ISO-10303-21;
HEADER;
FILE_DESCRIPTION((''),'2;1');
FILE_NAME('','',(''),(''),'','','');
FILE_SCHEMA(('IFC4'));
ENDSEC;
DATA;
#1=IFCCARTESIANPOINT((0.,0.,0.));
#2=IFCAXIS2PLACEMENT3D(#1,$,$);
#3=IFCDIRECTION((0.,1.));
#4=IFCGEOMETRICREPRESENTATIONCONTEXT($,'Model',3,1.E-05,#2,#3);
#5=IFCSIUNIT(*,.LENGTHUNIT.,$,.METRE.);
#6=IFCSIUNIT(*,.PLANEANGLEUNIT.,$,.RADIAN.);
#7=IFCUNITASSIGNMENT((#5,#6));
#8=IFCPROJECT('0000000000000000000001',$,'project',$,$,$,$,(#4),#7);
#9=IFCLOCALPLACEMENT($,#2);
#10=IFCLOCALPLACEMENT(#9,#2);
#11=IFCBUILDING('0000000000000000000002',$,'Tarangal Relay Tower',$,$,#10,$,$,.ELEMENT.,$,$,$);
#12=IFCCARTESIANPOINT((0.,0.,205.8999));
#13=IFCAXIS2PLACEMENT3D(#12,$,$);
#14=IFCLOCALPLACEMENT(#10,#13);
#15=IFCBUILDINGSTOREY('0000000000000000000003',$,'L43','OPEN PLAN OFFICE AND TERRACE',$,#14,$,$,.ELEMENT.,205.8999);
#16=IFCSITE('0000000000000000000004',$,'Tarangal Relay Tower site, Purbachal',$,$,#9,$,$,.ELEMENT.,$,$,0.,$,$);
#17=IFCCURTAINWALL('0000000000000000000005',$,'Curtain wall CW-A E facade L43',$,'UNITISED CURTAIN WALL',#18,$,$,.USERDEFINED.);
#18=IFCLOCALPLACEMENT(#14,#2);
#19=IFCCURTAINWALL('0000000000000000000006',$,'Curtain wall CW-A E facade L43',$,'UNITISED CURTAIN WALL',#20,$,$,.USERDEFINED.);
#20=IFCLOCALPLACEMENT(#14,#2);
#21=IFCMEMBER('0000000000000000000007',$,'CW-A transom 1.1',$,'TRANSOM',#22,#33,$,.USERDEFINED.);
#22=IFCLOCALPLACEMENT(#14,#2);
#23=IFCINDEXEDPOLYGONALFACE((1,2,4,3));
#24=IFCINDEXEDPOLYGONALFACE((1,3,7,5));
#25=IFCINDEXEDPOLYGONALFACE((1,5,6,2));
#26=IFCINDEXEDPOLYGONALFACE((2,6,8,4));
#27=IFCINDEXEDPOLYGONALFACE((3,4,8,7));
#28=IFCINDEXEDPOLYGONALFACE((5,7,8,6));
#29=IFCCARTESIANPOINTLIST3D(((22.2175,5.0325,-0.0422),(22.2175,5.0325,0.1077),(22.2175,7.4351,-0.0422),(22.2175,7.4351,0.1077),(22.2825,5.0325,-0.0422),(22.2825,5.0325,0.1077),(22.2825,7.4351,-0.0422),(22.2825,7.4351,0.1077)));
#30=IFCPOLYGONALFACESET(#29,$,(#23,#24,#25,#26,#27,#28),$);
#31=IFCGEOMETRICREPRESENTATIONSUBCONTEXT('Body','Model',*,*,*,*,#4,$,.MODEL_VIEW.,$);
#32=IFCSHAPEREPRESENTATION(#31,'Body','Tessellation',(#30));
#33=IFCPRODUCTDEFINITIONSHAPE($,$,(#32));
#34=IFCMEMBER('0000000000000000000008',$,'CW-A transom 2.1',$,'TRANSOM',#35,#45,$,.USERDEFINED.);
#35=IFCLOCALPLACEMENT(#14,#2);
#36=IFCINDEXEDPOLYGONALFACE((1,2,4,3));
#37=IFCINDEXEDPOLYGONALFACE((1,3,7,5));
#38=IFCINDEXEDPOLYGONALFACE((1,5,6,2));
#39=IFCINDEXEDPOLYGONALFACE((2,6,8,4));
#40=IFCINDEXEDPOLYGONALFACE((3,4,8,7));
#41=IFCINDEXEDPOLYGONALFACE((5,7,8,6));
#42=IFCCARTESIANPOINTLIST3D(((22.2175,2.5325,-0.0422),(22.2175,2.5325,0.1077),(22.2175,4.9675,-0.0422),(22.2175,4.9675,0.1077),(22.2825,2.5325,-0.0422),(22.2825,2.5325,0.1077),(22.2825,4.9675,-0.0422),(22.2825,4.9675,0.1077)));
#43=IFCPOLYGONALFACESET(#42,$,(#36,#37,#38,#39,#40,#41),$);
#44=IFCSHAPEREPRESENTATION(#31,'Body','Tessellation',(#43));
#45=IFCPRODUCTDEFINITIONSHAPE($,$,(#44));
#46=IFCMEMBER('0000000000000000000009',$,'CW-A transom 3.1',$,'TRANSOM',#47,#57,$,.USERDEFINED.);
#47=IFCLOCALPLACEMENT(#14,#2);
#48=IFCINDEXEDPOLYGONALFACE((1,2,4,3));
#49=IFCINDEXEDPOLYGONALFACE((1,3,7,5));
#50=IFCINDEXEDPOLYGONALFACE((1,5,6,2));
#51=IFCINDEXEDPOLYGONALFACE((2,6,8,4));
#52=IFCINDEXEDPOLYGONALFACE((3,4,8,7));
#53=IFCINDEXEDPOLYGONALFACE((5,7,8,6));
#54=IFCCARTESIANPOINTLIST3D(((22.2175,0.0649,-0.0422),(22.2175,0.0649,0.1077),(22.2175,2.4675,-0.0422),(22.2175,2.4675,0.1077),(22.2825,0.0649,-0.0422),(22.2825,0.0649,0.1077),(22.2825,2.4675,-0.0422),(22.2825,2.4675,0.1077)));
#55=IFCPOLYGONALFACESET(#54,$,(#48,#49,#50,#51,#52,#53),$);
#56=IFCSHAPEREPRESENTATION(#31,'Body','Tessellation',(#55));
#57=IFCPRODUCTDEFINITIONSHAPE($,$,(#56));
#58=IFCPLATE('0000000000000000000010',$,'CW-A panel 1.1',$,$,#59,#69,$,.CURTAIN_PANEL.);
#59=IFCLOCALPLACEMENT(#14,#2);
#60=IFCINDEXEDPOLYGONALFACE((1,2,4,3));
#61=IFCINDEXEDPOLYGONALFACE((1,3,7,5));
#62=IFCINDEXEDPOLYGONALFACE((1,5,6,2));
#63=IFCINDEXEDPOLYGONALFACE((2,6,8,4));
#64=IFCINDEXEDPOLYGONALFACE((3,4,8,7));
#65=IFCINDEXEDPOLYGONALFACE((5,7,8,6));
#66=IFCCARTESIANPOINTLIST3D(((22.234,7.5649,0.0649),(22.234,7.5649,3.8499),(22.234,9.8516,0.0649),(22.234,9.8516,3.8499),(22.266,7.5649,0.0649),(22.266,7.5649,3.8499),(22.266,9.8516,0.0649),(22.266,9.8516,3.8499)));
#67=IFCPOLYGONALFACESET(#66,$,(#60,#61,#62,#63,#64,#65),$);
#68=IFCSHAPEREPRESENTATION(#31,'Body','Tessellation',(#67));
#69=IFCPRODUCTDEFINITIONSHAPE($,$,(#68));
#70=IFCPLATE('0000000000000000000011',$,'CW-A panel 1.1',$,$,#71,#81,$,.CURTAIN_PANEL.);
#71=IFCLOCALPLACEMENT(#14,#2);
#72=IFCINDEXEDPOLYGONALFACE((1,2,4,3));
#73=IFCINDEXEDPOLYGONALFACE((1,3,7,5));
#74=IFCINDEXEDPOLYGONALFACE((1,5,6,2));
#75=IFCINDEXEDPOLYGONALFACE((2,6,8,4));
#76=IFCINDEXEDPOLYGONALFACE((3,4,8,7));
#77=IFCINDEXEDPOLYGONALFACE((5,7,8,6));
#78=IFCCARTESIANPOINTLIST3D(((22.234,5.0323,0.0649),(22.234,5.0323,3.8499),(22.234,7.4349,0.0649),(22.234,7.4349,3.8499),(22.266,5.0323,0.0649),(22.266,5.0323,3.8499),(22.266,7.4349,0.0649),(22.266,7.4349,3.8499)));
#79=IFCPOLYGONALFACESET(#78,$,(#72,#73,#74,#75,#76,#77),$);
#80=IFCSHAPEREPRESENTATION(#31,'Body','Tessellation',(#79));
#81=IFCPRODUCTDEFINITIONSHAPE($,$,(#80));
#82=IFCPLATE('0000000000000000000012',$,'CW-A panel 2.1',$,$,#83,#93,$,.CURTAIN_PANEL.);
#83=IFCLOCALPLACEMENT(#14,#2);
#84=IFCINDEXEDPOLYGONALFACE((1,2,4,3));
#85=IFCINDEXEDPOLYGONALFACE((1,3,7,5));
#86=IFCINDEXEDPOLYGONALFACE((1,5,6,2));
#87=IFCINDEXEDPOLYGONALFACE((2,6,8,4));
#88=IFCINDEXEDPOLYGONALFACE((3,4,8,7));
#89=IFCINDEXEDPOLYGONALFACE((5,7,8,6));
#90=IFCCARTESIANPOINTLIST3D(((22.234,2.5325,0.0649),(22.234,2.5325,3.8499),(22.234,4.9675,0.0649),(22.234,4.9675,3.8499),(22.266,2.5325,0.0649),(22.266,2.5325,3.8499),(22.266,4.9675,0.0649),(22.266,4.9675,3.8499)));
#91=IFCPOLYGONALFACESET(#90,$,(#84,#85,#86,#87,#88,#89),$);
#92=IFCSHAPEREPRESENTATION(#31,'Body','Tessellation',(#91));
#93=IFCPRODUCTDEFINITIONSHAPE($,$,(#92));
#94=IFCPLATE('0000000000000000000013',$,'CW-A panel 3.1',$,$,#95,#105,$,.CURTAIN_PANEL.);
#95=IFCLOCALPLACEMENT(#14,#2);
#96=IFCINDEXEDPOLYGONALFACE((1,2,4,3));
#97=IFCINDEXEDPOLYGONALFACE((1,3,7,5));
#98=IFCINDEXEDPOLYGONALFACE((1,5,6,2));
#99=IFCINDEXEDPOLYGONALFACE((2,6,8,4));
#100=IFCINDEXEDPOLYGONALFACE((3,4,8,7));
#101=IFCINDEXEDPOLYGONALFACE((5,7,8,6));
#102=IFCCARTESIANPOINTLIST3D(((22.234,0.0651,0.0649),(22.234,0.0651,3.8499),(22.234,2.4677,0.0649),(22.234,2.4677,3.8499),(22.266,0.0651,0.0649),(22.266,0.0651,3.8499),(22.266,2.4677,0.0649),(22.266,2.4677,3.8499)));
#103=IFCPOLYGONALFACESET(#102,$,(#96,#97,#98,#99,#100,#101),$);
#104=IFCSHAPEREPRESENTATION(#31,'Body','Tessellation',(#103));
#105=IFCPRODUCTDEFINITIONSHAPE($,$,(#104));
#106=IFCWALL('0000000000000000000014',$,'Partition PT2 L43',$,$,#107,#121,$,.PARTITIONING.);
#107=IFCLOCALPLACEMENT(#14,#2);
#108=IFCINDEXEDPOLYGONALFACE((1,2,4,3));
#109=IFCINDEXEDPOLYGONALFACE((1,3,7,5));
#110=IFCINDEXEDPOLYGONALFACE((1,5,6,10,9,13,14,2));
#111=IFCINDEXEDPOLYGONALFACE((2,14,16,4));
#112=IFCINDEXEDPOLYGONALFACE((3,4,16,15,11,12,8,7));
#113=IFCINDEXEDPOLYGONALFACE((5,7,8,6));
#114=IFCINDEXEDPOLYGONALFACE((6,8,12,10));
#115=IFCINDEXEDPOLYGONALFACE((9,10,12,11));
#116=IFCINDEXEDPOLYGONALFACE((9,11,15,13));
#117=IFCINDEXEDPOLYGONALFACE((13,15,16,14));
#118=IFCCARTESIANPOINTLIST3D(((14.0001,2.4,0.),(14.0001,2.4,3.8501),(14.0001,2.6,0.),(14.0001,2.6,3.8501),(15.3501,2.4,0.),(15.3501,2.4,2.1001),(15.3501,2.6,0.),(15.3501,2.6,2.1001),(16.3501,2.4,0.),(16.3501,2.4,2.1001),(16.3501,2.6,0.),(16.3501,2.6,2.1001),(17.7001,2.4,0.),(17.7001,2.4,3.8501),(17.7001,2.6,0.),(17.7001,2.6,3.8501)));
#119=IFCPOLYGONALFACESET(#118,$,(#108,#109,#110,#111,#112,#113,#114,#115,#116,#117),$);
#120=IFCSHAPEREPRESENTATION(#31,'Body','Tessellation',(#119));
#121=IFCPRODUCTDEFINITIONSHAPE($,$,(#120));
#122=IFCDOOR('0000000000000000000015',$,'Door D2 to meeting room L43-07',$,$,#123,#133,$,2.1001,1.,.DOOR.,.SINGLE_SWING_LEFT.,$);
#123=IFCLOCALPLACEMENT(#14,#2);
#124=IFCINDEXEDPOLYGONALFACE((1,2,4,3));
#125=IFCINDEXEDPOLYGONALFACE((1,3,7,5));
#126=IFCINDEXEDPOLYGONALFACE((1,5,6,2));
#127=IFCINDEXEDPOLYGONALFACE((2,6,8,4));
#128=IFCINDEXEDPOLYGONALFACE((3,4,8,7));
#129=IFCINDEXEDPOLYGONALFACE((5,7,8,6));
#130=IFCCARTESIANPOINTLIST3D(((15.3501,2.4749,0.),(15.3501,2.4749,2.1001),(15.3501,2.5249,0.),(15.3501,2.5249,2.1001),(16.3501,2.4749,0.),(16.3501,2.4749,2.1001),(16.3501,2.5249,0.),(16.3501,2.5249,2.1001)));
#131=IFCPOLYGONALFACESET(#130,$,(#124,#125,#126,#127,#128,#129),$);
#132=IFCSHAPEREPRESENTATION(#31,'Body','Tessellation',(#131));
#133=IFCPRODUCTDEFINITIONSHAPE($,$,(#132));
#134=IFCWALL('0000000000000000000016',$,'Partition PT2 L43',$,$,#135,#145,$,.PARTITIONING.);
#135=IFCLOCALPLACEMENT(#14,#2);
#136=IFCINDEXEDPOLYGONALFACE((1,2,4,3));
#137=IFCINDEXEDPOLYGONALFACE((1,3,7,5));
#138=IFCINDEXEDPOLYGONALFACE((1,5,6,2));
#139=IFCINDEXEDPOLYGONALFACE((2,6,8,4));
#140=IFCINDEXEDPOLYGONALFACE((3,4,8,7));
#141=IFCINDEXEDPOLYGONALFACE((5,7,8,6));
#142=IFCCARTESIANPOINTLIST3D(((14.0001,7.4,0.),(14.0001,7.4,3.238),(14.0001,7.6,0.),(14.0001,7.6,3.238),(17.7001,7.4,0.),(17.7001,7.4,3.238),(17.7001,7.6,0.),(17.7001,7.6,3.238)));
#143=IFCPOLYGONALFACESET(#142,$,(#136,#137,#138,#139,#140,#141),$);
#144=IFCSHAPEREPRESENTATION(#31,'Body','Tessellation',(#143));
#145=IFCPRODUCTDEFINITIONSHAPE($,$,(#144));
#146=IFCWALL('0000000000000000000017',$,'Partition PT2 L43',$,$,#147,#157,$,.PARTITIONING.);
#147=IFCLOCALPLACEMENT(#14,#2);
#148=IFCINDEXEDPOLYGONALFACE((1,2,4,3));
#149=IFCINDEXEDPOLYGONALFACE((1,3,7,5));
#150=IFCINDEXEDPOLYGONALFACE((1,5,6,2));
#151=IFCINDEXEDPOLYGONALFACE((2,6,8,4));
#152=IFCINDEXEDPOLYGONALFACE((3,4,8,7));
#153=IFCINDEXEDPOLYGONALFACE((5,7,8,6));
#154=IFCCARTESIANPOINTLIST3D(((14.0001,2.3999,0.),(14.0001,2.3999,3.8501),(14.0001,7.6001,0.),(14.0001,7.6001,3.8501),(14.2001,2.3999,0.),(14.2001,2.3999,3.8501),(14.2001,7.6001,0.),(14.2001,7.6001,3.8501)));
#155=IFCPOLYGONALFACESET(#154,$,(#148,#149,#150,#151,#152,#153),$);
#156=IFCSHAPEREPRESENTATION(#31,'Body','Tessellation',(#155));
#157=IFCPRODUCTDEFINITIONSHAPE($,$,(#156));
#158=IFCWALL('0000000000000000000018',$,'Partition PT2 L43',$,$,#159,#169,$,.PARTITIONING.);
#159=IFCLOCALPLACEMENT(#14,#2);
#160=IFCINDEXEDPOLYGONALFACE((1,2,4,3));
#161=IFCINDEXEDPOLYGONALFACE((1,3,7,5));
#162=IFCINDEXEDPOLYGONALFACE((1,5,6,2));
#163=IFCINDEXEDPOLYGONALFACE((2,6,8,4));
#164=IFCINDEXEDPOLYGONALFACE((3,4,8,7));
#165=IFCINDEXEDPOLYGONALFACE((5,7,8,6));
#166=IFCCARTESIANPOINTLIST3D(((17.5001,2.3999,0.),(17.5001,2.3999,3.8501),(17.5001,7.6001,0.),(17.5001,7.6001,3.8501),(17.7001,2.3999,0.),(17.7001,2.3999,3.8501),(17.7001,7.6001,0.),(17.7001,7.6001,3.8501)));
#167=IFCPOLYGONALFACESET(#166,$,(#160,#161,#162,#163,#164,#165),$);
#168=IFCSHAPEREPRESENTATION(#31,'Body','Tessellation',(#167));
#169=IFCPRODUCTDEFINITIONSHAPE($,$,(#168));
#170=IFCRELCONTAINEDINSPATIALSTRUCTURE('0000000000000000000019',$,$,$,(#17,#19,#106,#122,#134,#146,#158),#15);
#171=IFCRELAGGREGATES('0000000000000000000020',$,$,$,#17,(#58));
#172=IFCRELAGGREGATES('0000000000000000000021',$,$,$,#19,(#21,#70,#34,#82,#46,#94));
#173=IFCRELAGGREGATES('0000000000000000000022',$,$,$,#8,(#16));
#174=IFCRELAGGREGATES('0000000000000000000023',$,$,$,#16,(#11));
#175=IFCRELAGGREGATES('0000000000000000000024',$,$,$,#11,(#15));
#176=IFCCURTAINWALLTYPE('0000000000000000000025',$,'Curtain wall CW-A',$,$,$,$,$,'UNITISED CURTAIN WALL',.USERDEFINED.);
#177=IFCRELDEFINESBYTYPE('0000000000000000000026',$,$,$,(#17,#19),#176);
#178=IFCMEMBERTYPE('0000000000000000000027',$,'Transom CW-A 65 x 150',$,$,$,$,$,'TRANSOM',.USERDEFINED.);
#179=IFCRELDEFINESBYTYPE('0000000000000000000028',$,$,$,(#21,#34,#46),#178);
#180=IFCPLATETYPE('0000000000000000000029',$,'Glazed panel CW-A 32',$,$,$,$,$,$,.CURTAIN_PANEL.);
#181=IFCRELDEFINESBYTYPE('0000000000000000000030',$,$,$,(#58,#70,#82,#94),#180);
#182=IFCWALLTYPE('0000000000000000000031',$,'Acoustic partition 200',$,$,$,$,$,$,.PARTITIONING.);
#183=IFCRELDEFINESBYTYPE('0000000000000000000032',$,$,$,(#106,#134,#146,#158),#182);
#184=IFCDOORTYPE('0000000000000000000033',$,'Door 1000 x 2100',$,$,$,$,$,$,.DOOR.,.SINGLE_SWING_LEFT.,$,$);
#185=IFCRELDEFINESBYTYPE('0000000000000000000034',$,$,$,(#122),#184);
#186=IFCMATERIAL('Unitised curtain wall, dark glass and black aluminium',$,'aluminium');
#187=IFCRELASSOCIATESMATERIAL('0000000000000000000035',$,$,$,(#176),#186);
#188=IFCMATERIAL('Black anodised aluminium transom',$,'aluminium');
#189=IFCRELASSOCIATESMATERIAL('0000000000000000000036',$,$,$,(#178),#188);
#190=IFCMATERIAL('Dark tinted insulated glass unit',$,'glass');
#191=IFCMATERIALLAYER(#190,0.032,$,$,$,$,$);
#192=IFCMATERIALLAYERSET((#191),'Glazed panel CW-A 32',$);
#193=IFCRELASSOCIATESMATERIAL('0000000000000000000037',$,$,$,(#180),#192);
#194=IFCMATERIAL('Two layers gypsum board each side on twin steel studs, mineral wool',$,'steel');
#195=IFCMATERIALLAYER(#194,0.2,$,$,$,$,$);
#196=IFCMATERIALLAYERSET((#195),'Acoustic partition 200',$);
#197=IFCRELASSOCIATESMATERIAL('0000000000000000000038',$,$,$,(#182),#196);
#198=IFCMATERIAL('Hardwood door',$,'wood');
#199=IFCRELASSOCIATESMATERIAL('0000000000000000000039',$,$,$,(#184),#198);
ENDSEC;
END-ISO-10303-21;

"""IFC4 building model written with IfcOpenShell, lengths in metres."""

from ifc_helpers import new_model, si_unit, direction, frame, frame_2d, origin, origin_2d, place, context, subcontext, project, spatial, rectangle, extrude, material, layer, layer_set, material_profile, profile_set, type_object, element, fill, aggregate, save


model = new_model("IFC4")

# Units and contexts
model_context = context("Model", 3, precision=1e-05, world=origin(), true_north=direction((0.0, 1.0)))
body_context = subcontext(model_context, "Body", "Model", "MODEL_VIEW")
ifc_project = project(units=[si_unit("LENGTHUNIT", "METRE"), si_unit("PLANEANGLEUNIT", "RADIAN")], contexts=[model_context])

# Site, building, storey
site_placement = place(None, origin())
site = spatial("IfcSite", under=ifc_project, at=site_placement, Name="Tarangal Relay Tower site, Purbachal", CompositionType="ELEMENT", RefElevation=0.0)
building_placement = place(site_placement, origin())
building = spatial("IfcBuilding", under=site, at=building_placement, Name="Tarangal Relay Tower", CompositionType="ELEMENT")
storey_placement = place(building_placement, frame((0.0, 0.0, 205.8999)))
storey = spatial("IfcBuildingStorey", under=building, at=storey_placement, Name="L43", Description="OPEN PLAN OFFICE AND TERRACE", CompositionType="ELEMENT", Elevation=205.8999)

# Curtain walls
ifc_material_1 = material(Name="Unitised curtain wall, dark glass and black aluminium", Category="aluminium")
curtain_wall_type_1 = type_object("IfcCurtainWallType", Name="Curtain wall CW-A", ElementType="UNITISED CURTAIN WALL", PredefinedType="USERDEFINED", material=ifc_material_1)
curtain_wall_1_placement = place(storey_placement, origin())
curtain_wall_1 = element("IfcCurtainWall", 1, at=curtain_wall_1_placement, inside=storey, type_object=curtain_wall_type_1, Name="Curtain wall CW-A E facade L43", ObjectType="UNITISED CURTAIN WALL", PredefinedType="USERDEFINED")
curtain_wall_2_placement = place(storey_placement, origin())
curtain_wall_2 = element("IfcCurtainWall", 2, at=curtain_wall_2_placement, inside=storey, type_object=curtain_wall_type_1, Name="Curtain wall CW-A E facade L43", ObjectType="UNITISED CURTAIN WALL", PredefinedType="USERDEFINED")

# Members
ifc_material_2 = material(Name="Black anodised aluminium transom", Category="aluminium")
ifc_material_profile_1 = material_profile(ifc_material_2, rectangle(XDim=0.0649, YDim=0.1499, at=origin_2d()), Name="CW-AT 65X150")
ifc_profile_set_1 = profile_set([ifc_material_profile_1], Name="Black anodised aluminium transom")
member_type_1 = type_object("IfcMemberType", Name="Transom CW-A 65 x 150", ElementType="TRANSOM", PredefinedType="USERDEFINED", material=ifc_profile_set_1)
member_1_placement = place(storey_placement, frame((22.25, 7.4351, 0.0327), z_axis=(0.0, -1.0, 0.0), x_axis=(1.0, 0.0, 0.0)))
member_1 = element("IfcMember", 3, at=member_1_placement, type_object=member_type_1, Name="CW-A transom 1.1", ObjectType="TRANSOM", PredefinedType="USERDEFINED", context=body_context, shape_type="SweptSolid", body=[
    extrude(rectangle(XDim=0.0649, YDim=0.1499, at=origin_2d()), origin(), (0.0, 0.0, 1.0), 2.4026),
])
member_2_placement = place(storey_placement, frame((22.25, 4.9675, 0.0327), z_axis=(0.0, -1.0, 0.0), x_axis=(1.0, 0.0, 0.0)))
member_2 = element("IfcMember", 4, at=member_2_placement, type_object=member_type_1, Name="CW-A transom 2.1", ObjectType="TRANSOM", PredefinedType="USERDEFINED", context=body_context, shape_type="SweptSolid", body=[
    extrude(rectangle(XDim=0.0649, YDim=0.1499, at=origin_2d()), origin(), (0.0, 0.0, 1.0), 2.4351),
])
member_3_placement = place(storey_placement, frame((22.25, 2.4675, 0.0327), z_axis=(0.0, -1.0, 0.0), x_axis=(1.0, 0.0, 0.0)))
member_3 = element("IfcMember", 5, at=member_3_placement, type_object=member_type_1, Name="CW-A transom 3.1", ObjectType="TRANSOM", PredefinedType="USERDEFINED", context=body_context, shape_type="SweptSolid", body=[
    extrude(rectangle(XDim=0.0649, YDim=0.1499, at=origin_2d()), origin(), (0.0, 0.0, 1.0), 2.4026),
])

# Plates
ifc_material_3 = material(Name="Dark tinted insulated glass unit", Category="glass")
ifc_layer_1 = layer(ifc_material_3, 0.032)
ifc_layer_set_1 = layer_set([ifc_layer_1], Name="Glazed panel CW-A 32")
plate_type = type_object("IfcPlateType", Name="Glazed panel CW-A 32", PredefinedType="CURTAIN_PANEL", material=ifc_layer_set_1)
plate_1_placement = place(storey_placement, frame((22.25, 8.7083, 0.0649), z_axis=(0.0, 0.0, 1.0), x_axis=(0.0, -1.0, 0.0)))
plate_1 = element("IfcPlate", 6, at=plate_1_placement, type_object=plate_type, Name="CW-A panel 1.1", PredefinedType="CURTAIN_PANEL", context=body_context, shape_type="SweptSolid", body=[
    extrude(rectangle(XDim=2.2866, YDim=0.032, at=origin_2d()), origin(), (0.0, 0.0, 1.0), 3.7849),
])
aggregate(curtain_wall_1, [plate_1])
plate_2_placement = place(storey_placement, frame((22.25, 6.2336, 0.0649), z_axis=(0.0, 0.0, 1.0), x_axis=(0.0, -1.0, 0.0)))
plate_2 = element("IfcPlate", 7, at=plate_2_placement, type_object=plate_type, Name="CW-A panel 1.1", PredefinedType="CURTAIN_PANEL", context=body_context, shape_type="SweptSolid", body=[
    extrude(rectangle(XDim=2.4026, YDim=0.032, at=origin_2d()), origin(), (0.0, 0.0, 1.0), 3.7849),
])
plate_3_placement = place(storey_placement, frame((22.25, 3.75, 0.0649), z_axis=(0.0, 0.0, 1.0), x_axis=(0.0, -1.0, 0.0)))
plate_3 = element("IfcPlate", 8, at=plate_3_placement, type_object=plate_type, Name="CW-A panel 2.1", PredefinedType="CURTAIN_PANEL", context=body_context, shape_type="SweptSolid", body=[
    extrude(rectangle(XDim=2.4351, YDim=0.032, at=origin_2d()), origin(), (0.0, 0.0, 1.0), 3.7849),
])
plate_4_placement = place(storey_placement, frame((22.25, 1.2664, 0.0649), z_axis=(0.0, 0.0, 1.0), x_axis=(0.0, -1.0, 0.0)))
plate_4 = element("IfcPlate", 9, at=plate_4_placement, type_object=plate_type, Name="CW-A panel 3.1", PredefinedType="CURTAIN_PANEL", context=body_context, shape_type="SweptSolid", body=[
    extrude(rectangle(XDim=2.4026, YDim=0.032, at=origin_2d()), origin(), (0.0, 0.0, 1.0), 3.7849),
])
aggregate(curtain_wall_2, [member_1, plate_2, member_2, plate_3, member_3, plate_4])

# Wall, opening, door
ifc_material_4 = material(Name="Two layers gypsum board each side on twin steel studs, mineral wool", Category="steel")
ifc_layer_2 = layer(ifc_material_4, 0.2)
ifc_layer_set_2 = layer_set([ifc_layer_2], Name="Acoustic partition 200")
wall_type_1 = type_object("IfcWallType", Name="Acoustic partition 200", PredefinedType="PARTITIONING", material=ifc_layer_set_2)
wall_1_placement = place(storey_placement, frame((14.0, 2.5, 0.0), z_axis=(0.0, 0.0, 1.0), x_axis=(1.0, 0.0, 0.0)))
wall_1 = element("IfcWall", 10, at=wall_1_placement, inside=storey, type_object=wall_type_1, Name="Partition PT2 L43", PredefinedType="PARTITIONING", context=body_context, shape_type="SweptSolid", body=[
    extrude(rectangle(XDim=3.7, YDim=0.2, at=frame_2d((1.8501, 0.0))), origin(), (0.0, 0.0, 1.0), 3.8501),
])
opening_1_placement = place(wall_1_placement, frame((1.3501, 0.0, 0.0)))
opening_1 = element("IfcOpeningElement", 11, at=opening_1_placement, cuts=wall_1, PredefinedType="OPENING", context=body_context, shape_type="SweptSolid", body=[
    extrude(rectangle(XDim=1.0, YDim=2.1001, at=frame_2d((0.5, 1.05))), frame((0.0, 0.1099, 0.0), z_axis=(0.0, -1.0, 0.0), x_axis=(1.0, 0.0, 0.0)), (0.0, 0.0, 1.0), 0.22),
])
ifc_material_5 = material(Name="Hardwood door", Category="wood")
door_type = type_object("IfcDoorType", Name="Door 1000 x 2100", OperationType="SINGLE_SWING_LEFT", PredefinedType="DOOR", material=ifc_material_5)
door_1_placement = place(opening_1_placement, origin())
door_1 = element("IfcDoor", 12, at=door_1_placement, inside=storey, type_object=door_type, Name="Door D2 to meeting room L43-07", OperationType="SINGLE_SWING_LEFT", OverallHeight=2.1001, OverallWidth=1.0, PredefinedType="DOOR", context=body_context, shape_type="SweptSolid", body=[
    extrude(rectangle(XDim=1.0, YDim=2.1001, at=frame_2d((0.5, 1.05))), frame((0.0, 0.0249, 0.0), z_axis=(0.0, -1.0, 0.0), x_axis=(1.0, 0.0, 0.0)), (0.0, 0.0, 1.0), 0.05),
])
fill(opening_1, door_1)

# Walls
wall_2_placement = place(storey_placement, frame((14.0, 7.5, 0.0), z_axis=(0.0, 0.0, 1.0), x_axis=(1.0, 0.0, 0.0)))
element("IfcWall", 13, at=wall_2_placement, inside=storey, type_object=wall_type_1, Name="Partition PT2 L43", PredefinedType="PARTITIONING", context=body_context, shape_type="SweptSolid", body=[
    extrude(rectangle(XDim=3.7, YDim=0.2, at=frame_2d((1.8501, 0.0))), origin(), (0.0, 0.0, 1.0), 3.238),
])
for number, where, z_axis, x_axis, name in (
    (14, (14.1001, 2.3999, 0.0), (0.0, 0.0, 1.0), (0.0, 1.0, 0.0), "Partition PT2 L43"),
    (15, (17.6001, 2.3999, 0.0), (0.0, 0.0, 1.0), (0.0, 1.0, 0.0), "Partition PT2 L43"),
):
    element("IfcWall", number, at=place(storey_placement, frame(where, z_axis=z_axis, x_axis=x_axis)), inside=storey, type_object=wall_type_1, Name=name, PredefinedType="PARTITIONING", context=body_context, shape_type="SweptSolid", body=[
        extrude(rectangle(XDim=5.2002, YDim=0.2, at=frame_2d((2.6001, 0.0))), origin(), (0.0, 0.0, 1.0), 3.8501),
    ])

save(model, "model.ifc")
